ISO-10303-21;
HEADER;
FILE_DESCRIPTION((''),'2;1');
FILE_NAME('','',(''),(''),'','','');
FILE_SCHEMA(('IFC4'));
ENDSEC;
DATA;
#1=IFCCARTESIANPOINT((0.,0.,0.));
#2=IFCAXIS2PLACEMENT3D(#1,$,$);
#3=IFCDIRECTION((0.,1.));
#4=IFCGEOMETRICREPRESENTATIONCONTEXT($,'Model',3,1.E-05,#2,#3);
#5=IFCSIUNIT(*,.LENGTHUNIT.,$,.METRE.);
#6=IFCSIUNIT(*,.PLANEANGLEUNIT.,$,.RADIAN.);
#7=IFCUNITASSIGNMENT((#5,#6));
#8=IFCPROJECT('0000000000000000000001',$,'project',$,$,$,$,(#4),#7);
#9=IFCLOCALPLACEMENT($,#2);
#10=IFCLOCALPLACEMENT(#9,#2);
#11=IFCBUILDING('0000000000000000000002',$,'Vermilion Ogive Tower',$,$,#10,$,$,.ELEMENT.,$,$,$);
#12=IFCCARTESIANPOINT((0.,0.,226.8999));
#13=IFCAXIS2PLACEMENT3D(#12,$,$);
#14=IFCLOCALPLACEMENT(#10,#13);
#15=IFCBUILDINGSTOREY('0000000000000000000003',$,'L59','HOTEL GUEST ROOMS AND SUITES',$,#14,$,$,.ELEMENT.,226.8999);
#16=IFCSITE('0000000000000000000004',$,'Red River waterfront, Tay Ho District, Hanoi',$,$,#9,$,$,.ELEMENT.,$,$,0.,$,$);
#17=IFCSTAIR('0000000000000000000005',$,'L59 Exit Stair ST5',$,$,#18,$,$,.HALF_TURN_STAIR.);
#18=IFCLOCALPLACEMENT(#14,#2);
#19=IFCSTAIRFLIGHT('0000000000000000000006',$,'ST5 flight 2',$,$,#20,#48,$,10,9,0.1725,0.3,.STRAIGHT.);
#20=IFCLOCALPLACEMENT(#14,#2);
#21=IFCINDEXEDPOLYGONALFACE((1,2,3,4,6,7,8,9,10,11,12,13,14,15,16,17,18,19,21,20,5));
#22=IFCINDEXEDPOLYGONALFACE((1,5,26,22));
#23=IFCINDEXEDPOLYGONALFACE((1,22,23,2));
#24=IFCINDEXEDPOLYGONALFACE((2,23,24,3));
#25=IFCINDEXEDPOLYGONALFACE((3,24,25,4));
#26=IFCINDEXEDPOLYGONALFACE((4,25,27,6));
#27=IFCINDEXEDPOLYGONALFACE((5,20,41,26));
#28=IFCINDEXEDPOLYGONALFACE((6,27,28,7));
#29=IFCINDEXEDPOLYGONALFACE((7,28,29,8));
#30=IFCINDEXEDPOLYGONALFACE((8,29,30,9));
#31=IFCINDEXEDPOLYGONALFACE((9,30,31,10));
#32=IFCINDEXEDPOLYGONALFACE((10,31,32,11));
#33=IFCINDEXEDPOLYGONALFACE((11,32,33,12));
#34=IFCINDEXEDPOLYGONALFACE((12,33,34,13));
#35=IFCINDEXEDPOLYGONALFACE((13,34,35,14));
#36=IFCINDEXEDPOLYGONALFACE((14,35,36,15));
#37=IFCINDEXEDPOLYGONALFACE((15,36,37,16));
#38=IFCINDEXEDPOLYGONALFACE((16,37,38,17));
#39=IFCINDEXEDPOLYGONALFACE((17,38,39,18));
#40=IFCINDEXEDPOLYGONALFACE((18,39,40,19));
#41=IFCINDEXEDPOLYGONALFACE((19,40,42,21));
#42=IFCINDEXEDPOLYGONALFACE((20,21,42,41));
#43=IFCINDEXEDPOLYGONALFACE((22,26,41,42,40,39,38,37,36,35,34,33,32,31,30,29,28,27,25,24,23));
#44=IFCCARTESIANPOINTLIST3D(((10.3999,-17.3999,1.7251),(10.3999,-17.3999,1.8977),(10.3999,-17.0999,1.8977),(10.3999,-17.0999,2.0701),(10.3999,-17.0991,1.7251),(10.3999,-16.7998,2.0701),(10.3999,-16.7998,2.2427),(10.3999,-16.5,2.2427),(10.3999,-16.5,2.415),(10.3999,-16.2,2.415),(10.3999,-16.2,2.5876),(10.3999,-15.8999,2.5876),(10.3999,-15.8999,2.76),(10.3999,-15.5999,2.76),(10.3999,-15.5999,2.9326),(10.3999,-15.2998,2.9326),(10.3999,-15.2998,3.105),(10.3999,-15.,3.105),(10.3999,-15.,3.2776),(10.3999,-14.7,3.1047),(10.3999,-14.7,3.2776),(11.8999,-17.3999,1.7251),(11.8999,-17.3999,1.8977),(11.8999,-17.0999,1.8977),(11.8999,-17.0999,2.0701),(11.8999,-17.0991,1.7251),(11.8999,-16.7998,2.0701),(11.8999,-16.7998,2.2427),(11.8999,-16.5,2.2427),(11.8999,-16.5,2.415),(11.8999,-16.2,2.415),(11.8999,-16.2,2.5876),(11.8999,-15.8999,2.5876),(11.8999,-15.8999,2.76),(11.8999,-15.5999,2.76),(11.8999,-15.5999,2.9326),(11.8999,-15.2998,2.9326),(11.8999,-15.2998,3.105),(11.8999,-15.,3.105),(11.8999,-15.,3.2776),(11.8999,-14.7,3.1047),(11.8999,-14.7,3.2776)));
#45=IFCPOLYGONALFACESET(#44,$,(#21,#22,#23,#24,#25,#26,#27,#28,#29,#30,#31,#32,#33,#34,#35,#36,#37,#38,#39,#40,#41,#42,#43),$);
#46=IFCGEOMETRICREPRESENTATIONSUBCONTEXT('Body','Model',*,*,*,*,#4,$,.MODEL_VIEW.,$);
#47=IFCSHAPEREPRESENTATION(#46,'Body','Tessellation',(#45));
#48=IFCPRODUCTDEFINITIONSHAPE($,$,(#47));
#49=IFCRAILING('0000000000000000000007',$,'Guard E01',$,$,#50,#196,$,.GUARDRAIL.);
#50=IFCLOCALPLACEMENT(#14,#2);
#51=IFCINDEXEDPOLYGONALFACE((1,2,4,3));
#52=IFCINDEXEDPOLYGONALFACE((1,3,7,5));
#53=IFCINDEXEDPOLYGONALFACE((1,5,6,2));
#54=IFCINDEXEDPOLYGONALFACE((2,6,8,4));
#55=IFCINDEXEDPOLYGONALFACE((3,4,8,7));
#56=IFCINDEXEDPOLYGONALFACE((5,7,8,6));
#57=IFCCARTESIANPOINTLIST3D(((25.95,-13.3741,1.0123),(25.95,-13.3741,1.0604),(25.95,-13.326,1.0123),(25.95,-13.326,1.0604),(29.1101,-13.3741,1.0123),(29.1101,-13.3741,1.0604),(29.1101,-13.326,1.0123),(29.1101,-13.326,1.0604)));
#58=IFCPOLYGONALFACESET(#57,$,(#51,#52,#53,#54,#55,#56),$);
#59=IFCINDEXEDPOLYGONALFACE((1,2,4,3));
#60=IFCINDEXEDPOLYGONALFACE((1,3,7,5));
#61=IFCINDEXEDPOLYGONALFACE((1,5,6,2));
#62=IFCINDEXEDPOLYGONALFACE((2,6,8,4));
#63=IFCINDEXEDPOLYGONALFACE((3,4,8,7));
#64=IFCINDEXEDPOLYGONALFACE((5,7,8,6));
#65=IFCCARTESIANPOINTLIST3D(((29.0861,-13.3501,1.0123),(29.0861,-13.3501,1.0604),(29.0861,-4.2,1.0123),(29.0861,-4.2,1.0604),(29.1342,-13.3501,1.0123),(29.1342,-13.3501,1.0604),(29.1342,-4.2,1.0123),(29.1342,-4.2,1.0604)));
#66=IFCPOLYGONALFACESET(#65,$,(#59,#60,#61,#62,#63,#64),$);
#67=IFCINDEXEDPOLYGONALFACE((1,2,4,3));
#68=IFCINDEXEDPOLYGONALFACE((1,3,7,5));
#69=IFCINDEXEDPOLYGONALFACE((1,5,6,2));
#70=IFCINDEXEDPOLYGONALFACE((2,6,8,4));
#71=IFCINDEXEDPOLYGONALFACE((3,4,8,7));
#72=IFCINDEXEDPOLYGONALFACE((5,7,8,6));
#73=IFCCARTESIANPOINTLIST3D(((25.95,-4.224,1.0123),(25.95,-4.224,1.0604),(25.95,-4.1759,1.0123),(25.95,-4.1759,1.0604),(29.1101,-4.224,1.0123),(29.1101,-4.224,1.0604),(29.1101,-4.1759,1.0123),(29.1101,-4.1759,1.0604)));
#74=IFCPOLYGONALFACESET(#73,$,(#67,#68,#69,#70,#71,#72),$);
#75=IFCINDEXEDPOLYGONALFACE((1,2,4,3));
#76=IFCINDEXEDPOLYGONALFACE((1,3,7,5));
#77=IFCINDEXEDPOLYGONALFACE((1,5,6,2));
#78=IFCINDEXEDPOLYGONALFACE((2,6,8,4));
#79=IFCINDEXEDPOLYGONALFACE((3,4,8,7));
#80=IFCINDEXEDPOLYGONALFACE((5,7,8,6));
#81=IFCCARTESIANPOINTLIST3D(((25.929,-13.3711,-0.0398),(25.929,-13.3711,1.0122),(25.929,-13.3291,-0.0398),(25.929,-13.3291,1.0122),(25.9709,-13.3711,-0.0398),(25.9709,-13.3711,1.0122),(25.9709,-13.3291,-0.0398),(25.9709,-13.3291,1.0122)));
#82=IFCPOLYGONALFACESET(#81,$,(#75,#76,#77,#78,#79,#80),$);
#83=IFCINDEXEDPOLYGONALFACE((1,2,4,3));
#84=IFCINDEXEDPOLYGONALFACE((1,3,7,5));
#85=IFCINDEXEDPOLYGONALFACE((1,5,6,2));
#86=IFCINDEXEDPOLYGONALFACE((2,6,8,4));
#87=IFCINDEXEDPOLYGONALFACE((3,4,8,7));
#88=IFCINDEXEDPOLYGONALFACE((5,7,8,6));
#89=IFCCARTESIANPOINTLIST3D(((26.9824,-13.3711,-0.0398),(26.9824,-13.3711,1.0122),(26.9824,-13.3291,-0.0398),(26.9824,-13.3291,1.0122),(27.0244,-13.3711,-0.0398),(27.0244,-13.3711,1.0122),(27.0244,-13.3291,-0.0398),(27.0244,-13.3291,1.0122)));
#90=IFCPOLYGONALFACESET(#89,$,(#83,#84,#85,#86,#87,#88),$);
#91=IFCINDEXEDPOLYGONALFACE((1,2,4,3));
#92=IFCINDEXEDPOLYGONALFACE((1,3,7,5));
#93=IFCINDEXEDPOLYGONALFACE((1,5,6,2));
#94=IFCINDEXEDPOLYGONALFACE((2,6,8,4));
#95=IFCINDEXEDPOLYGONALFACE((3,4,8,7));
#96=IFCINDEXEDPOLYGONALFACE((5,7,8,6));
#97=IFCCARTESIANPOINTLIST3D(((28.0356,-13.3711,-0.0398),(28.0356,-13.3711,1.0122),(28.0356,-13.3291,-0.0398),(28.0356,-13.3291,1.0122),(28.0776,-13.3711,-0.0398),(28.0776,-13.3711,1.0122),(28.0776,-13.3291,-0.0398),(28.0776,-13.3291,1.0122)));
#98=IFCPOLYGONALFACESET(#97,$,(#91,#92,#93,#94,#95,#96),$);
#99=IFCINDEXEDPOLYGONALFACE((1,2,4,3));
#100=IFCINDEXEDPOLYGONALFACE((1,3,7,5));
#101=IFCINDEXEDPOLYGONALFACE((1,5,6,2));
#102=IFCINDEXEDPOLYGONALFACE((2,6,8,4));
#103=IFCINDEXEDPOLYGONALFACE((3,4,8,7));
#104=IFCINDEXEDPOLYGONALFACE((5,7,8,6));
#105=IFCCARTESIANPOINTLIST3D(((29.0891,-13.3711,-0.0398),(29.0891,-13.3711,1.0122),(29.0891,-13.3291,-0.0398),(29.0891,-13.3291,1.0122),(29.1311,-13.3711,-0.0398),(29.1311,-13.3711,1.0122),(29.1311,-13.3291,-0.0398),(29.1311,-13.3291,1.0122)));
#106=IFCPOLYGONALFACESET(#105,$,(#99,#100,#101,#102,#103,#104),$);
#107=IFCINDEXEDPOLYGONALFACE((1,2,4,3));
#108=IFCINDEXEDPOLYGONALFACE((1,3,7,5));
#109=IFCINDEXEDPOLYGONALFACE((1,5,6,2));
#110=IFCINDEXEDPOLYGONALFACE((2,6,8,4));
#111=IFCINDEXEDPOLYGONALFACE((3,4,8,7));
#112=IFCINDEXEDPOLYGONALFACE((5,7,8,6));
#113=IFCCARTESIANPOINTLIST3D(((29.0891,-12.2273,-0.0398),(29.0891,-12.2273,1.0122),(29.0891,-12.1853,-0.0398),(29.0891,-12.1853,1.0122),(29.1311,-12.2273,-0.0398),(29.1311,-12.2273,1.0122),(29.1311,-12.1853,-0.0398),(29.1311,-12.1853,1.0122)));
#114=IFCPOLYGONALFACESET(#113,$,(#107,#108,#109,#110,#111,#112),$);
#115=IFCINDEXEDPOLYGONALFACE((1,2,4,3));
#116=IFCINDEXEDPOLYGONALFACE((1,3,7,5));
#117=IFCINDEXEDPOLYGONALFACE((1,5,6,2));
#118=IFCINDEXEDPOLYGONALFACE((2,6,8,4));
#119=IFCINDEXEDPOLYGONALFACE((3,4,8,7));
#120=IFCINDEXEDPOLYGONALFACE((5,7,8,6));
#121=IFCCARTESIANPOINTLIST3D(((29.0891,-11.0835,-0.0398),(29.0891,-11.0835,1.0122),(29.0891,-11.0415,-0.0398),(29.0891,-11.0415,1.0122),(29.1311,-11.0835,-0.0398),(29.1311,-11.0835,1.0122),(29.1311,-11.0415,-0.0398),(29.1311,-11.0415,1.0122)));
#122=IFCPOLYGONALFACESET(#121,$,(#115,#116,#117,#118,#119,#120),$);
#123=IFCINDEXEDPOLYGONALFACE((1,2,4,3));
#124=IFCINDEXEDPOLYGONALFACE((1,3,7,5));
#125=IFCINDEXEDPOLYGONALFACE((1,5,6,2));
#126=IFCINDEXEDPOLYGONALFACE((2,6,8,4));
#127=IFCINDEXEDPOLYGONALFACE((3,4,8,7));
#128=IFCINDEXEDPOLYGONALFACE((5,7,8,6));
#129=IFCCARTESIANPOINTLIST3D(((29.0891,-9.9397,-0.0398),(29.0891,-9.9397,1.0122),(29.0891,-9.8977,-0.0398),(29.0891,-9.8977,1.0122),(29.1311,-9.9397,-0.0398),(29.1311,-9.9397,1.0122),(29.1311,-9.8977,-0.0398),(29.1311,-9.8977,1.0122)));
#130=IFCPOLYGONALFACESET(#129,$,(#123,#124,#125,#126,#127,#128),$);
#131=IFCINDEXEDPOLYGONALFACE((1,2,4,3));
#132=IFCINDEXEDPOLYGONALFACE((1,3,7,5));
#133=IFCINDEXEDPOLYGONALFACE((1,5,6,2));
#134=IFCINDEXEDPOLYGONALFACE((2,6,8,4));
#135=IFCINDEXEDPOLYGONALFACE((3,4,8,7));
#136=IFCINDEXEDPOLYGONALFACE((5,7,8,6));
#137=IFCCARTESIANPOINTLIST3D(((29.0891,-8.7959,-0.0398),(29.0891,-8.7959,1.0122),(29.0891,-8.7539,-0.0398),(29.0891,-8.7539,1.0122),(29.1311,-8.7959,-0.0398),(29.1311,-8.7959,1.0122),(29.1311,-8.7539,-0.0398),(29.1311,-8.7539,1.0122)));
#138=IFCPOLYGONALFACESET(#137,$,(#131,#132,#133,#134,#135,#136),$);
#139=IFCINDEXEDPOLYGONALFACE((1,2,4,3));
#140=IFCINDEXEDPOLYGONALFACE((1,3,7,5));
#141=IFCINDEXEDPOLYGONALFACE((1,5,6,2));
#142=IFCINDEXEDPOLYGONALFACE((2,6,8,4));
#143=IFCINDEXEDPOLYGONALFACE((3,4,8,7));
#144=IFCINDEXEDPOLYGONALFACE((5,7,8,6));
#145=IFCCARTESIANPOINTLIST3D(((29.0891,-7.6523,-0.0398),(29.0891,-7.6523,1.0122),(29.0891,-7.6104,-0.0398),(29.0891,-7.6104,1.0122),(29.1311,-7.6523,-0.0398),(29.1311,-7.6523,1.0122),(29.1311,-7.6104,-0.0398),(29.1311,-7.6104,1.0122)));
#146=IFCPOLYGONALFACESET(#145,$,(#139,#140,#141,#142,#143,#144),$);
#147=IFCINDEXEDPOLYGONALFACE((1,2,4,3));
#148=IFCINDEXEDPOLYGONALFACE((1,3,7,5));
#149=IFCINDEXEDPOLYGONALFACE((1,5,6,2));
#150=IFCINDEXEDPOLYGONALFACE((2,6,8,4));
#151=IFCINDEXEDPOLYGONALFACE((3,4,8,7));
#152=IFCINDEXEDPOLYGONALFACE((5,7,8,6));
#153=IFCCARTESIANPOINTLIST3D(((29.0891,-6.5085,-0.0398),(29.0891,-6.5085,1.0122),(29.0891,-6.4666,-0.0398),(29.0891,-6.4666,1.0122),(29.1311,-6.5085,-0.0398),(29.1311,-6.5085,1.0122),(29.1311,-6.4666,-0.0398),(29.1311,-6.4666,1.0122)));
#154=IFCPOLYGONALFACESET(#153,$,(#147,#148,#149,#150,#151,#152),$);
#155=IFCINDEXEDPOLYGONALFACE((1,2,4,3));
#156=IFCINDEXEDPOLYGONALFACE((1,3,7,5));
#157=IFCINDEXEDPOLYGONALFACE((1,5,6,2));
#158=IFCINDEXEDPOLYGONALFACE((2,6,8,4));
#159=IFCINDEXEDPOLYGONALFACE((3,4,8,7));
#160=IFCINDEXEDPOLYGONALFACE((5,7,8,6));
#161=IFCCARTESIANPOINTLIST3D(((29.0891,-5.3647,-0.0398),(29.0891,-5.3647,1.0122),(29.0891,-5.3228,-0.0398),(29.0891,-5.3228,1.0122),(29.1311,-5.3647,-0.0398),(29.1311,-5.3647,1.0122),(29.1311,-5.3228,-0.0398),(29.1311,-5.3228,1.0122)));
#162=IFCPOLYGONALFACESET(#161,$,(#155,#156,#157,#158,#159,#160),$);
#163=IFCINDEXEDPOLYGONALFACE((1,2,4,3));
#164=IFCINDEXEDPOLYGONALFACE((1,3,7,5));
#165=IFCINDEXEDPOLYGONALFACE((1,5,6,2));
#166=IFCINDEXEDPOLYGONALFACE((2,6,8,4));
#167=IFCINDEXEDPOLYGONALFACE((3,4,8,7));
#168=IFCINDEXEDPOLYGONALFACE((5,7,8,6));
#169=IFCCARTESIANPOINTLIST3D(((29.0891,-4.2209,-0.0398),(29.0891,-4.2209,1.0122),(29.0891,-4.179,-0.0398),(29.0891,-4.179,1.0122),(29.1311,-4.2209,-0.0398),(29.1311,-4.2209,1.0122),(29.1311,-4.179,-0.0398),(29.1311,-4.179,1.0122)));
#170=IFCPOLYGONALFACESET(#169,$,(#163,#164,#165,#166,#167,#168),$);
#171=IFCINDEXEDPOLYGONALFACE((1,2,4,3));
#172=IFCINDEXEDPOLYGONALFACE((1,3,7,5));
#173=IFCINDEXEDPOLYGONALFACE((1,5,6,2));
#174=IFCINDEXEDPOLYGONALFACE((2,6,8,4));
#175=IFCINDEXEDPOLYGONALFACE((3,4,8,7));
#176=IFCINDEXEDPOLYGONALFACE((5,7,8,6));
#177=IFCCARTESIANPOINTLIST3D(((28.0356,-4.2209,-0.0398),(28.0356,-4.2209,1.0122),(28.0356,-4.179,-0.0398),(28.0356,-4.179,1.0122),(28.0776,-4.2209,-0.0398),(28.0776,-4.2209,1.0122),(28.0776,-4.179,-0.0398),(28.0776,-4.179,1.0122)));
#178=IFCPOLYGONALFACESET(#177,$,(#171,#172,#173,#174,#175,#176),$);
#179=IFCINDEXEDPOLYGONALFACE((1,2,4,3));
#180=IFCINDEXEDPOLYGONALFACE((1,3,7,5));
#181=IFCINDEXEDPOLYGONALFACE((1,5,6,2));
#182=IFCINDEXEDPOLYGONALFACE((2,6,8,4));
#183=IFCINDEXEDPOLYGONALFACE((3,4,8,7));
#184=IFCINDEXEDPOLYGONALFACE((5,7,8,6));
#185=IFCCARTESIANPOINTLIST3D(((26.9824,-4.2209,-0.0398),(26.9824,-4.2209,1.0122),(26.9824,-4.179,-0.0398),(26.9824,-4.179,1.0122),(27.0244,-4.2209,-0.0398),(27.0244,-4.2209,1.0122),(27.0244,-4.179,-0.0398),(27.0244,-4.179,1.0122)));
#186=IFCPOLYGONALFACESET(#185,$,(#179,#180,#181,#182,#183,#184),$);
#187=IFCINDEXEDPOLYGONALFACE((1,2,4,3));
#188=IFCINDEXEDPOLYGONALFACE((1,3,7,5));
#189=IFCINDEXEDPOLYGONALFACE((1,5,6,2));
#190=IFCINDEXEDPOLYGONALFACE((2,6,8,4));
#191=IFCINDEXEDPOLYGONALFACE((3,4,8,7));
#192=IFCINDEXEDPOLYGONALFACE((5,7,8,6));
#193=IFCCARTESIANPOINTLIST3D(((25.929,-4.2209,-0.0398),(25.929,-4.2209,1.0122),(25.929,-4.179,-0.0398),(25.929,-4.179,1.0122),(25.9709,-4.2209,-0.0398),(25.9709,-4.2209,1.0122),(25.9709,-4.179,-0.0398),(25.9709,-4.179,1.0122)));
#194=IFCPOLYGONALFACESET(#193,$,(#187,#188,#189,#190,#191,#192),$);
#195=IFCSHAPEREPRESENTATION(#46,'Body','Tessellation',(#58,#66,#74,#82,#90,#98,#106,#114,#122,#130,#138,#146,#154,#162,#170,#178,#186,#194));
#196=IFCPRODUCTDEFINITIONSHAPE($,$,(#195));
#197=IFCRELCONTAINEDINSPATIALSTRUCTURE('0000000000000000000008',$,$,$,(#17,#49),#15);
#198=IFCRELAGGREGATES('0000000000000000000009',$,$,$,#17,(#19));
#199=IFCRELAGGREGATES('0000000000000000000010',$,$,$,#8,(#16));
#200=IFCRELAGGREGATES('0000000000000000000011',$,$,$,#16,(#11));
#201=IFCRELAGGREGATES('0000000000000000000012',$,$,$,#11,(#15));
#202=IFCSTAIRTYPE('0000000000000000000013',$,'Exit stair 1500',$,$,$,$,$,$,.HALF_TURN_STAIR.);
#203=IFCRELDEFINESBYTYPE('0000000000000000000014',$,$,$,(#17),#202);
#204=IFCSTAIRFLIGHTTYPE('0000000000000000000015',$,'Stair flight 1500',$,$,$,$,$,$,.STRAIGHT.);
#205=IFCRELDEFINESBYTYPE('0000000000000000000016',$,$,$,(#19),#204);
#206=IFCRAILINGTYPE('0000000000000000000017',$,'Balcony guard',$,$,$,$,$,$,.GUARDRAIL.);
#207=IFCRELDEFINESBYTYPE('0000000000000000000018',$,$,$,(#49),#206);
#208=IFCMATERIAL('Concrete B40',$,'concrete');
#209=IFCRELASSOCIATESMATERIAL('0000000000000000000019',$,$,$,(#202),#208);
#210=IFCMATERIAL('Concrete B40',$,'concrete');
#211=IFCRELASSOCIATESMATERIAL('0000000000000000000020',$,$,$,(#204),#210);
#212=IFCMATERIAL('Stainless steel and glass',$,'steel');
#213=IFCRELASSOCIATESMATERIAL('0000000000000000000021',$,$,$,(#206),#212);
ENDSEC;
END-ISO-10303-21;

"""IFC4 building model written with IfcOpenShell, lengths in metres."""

from ifc_helpers import new_model, si_unit, direction, frame, origin, origin_2d, place, context, subcontext, project, spatial, polyline, rectangle, outline, extrude, material, type_object, element, aggregate, save


model = new_model("IFC4")

# Units and contexts
model_context = context("Model", 3, precision=1e-05, world=origin(), true_north=direction((0.0, 1.0)))
body_context = subcontext(model_context, "Body", "Model", "MODEL_VIEW")
ifc_project = project(units=[si_unit("LENGTHUNIT", "METRE"), si_unit("PLANEANGLEUNIT", "RADIAN")], contexts=[model_context])

# Site, building, storey
site_placement = place(None, origin())
site = spatial("IfcSite", under=ifc_project, at=site_placement, Name="Red River waterfront, Tay Ho District, Hanoi", CompositionType="ELEMENT", RefElevation=0.0)
building_placement = place(site_placement, origin())
building = spatial("IfcBuilding", under=site, at=building_placement, Name="Vermilion Ogive Tower", CompositionType="ELEMENT")
storey_placement = place(building_placement, frame((0.0, 0.0, 226.8999)))
storey = spatial("IfcBuildingStorey", under=building, at=storey_placement, Name="L59", Description="HOTEL GUEST ROOMS AND SUITES", CompositionType="ELEMENT", Elevation=226.8999)

# Stair, stair flight
ifc_material_1 = material(Name="Concrete B40", Category="concrete")
stair_type = type_object("IfcStairType", Name="Exit stair 1500", PredefinedType="HALF_TURN_STAIR", material=ifc_material_1)
stair_placement = place(storey_placement, origin())
stair = element("IfcStair", 1, at=stair_placement, inside=storey, type_object=stair_type, Name="L59 Exit Stair ST5", PredefinedType="HALF_TURN_STAIR")
ifc_material_2 = material(Name="Concrete B40", Category="concrete")
stair_flight_type = type_object("IfcStairFlightType", Name="Stair flight 1500", PredefinedType="STRAIGHT", material=ifc_material_2)
stair_flight_1_placement = place(storey_placement, frame((11.1499, -17.3999, 1.7251), z_axis=(0.0, 0.0, 1.0), x_axis=(0.0, 1.0, 0.0)))
stair_flight_1 = element("IfcStairFlight", 2, at=stair_flight_1_placement, type_object=stair_flight_type, Name="ST5 flight 2", NumberOfRisers=10, NumberOfTreads=9, PredefinedType="STRAIGHT", RiserHeight=0.1725, TreadLength=0.3, context=body_context, shape_type="SweptSolid", body=[
    extrude(outline(polyline([(0.0, 0.0), (0.0, 0.1726), (0.3, 0.1726), (0.3, 0.345), (0.6001, 0.345), (0.6001, 0.5176), (0.8999, 0.5176), (0.8999, 0.6899), (1.2, 0.6899), (1.2, 0.8625), (1.5, 0.8625), (1.5, 1.0349), (1.8, 1.0349), (1.8, 1.2075), (2.1001, 1.2075), (2.1001, 1.3799), (2.3999, 1.3799), (2.3999, 1.5525), (2.7, 1.5525), (2.7, 1.7251), (2.7, 1.3796), (0.3008, 0.0), (0.0, 0.0)])), frame((0.0, 0.75, 0.0), z_axis=(0.0, -1.0, 0.0), x_axis=(1.0, 0.0, 0.0)), (0.0, 0.0, 1.0), 1.5),
])
aggregate(stair, [stair_flight_1])

# Railing
ifc_material_3 = material(Name="Stainless steel and glass", Category="steel")
railing_type_1 = type_object("IfcRailingType", Name="Balcony guard", PredefinedType="GUARDRAIL", material=ifc_material_3)
railing_1_placement = place(storey_placement, frame((25.95, -13.3501, -0.0398)))
element("IfcRailing", 3, at=railing_1_placement, inside=storey, type_object=railing_type_1, Name="Guard E01", PredefinedType="GUARDRAIL", context=body_context, shape_type="SweptSolid", body=[
    extrude(rectangle(XDim=0.0481, YDim=0.0481, at=origin_2d()), frame((0.0, 0.0, 1.0762), z_axis=(1.0, 0.0, 0.0), x_axis=(0.0, 1.0, 0.0)), (0.0, 0.0, 1.0), 3.1602),
    extrude(rectangle(XDim=0.0481, YDim=0.0481, at=origin_2d()), frame((3.1602, 0.0, 1.0762), z_axis=(0.0, 1.0, 0.0), x_axis=(-1.0, 0.0, 0.0)), (0.0, 0.0, 1.0), 9.1501),
    extrude(rectangle(XDim=0.0481, YDim=0.0481, at=origin_2d()), frame((3.1602, 9.1501, 1.0762), z_axis=(-1.0, 0.0, 0.0), x_axis=(0.0, -1.0, 0.0)), (0.0, 0.0, 1.0), 3.1602),
    extrude(rectangle(XDim=0.042, YDim=0.042, at=origin_2d()), origin(), (0.0, 0.0, 1.0), 1.052),
    extrude(rectangle(XDim=0.042, YDim=0.042, at=origin_2d()), frame((1.0535, 0.0, 0.0)), (0.0, 0.0, 1.0), 1.052),
    extrude(rectangle(XDim=0.042, YDim=0.042, at=origin_2d()), frame((2.1067, 0.0, 0.0)), (0.0, 0.0, 1.0), 1.052),
    extrude(rectangle(XDim=0.042, YDim=0.042, at=origin_2d()), frame((3.1602, 0.0, 0.0)), (0.0, 0.0, 1.0), 1.052),
    extrude(rectangle(XDim=0.042, YDim=0.042, at=origin_2d()), frame((3.1602, 1.1438, 0.0)), (0.0, 0.0, 1.0), 1.052),
    extrude(rectangle(XDim=0.042, YDim=0.042, at=origin_2d()), frame((3.1602, 2.2876, 0.0)), (0.0, 0.0, 1.0), 1.052),
    extrude(rectangle(XDim=0.042, YDim=0.042, at=origin_2d()), frame((3.1602, 3.4314, 0.0)), (0.0, 0.0, 1.0), 1.052),
    extrude(rectangle(XDim=0.042, YDim=0.042, at=origin_2d()), frame((3.1602, 4.5752, 0.0)), (0.0, 0.0, 1.0), 1.052),
    extrude(rectangle(XDim=0.042, YDim=0.042, at=origin_2d()), frame((3.1602, 5.7188, 0.0)), (0.0, 0.0, 1.0), 1.052),
    extrude(rectangle(XDim=0.042, YDim=0.042, at=origin_2d()), frame((3.1602, 6.8625, 0.0)), (0.0, 0.0, 1.0), 1.052),
    extrude(rectangle(XDim=0.042, YDim=0.042, at=origin_2d()), frame((3.1602, 8.0063, 0.0)), (0.0, 0.0, 1.0), 1.052),
    extrude(rectangle(XDim=0.042, YDim=0.042, at=origin_2d()), frame((3.1602, 9.1501, 0.0)), (0.0, 0.0, 1.0), 1.052),
    extrude(rectangle(XDim=0.042, YDim=0.042, at=origin_2d()), frame((2.1067, 9.1501, 0.0)), (0.0, 0.0, 1.0), 1.052),
    extrude(rectangle(XDim=0.042, YDim=0.042, at=origin_2d()), frame((1.0535, 9.1501, 0.0)), (0.0, 0.0, 1.0), 1.052),
    extrude(rectangle(XDim=0.042, YDim=0.042, at=origin_2d()), frame((0.0, 9.1501, 0.0)), (0.0, 0.0, 1.0), 1.052),
])

save(model, "model.ifc")
